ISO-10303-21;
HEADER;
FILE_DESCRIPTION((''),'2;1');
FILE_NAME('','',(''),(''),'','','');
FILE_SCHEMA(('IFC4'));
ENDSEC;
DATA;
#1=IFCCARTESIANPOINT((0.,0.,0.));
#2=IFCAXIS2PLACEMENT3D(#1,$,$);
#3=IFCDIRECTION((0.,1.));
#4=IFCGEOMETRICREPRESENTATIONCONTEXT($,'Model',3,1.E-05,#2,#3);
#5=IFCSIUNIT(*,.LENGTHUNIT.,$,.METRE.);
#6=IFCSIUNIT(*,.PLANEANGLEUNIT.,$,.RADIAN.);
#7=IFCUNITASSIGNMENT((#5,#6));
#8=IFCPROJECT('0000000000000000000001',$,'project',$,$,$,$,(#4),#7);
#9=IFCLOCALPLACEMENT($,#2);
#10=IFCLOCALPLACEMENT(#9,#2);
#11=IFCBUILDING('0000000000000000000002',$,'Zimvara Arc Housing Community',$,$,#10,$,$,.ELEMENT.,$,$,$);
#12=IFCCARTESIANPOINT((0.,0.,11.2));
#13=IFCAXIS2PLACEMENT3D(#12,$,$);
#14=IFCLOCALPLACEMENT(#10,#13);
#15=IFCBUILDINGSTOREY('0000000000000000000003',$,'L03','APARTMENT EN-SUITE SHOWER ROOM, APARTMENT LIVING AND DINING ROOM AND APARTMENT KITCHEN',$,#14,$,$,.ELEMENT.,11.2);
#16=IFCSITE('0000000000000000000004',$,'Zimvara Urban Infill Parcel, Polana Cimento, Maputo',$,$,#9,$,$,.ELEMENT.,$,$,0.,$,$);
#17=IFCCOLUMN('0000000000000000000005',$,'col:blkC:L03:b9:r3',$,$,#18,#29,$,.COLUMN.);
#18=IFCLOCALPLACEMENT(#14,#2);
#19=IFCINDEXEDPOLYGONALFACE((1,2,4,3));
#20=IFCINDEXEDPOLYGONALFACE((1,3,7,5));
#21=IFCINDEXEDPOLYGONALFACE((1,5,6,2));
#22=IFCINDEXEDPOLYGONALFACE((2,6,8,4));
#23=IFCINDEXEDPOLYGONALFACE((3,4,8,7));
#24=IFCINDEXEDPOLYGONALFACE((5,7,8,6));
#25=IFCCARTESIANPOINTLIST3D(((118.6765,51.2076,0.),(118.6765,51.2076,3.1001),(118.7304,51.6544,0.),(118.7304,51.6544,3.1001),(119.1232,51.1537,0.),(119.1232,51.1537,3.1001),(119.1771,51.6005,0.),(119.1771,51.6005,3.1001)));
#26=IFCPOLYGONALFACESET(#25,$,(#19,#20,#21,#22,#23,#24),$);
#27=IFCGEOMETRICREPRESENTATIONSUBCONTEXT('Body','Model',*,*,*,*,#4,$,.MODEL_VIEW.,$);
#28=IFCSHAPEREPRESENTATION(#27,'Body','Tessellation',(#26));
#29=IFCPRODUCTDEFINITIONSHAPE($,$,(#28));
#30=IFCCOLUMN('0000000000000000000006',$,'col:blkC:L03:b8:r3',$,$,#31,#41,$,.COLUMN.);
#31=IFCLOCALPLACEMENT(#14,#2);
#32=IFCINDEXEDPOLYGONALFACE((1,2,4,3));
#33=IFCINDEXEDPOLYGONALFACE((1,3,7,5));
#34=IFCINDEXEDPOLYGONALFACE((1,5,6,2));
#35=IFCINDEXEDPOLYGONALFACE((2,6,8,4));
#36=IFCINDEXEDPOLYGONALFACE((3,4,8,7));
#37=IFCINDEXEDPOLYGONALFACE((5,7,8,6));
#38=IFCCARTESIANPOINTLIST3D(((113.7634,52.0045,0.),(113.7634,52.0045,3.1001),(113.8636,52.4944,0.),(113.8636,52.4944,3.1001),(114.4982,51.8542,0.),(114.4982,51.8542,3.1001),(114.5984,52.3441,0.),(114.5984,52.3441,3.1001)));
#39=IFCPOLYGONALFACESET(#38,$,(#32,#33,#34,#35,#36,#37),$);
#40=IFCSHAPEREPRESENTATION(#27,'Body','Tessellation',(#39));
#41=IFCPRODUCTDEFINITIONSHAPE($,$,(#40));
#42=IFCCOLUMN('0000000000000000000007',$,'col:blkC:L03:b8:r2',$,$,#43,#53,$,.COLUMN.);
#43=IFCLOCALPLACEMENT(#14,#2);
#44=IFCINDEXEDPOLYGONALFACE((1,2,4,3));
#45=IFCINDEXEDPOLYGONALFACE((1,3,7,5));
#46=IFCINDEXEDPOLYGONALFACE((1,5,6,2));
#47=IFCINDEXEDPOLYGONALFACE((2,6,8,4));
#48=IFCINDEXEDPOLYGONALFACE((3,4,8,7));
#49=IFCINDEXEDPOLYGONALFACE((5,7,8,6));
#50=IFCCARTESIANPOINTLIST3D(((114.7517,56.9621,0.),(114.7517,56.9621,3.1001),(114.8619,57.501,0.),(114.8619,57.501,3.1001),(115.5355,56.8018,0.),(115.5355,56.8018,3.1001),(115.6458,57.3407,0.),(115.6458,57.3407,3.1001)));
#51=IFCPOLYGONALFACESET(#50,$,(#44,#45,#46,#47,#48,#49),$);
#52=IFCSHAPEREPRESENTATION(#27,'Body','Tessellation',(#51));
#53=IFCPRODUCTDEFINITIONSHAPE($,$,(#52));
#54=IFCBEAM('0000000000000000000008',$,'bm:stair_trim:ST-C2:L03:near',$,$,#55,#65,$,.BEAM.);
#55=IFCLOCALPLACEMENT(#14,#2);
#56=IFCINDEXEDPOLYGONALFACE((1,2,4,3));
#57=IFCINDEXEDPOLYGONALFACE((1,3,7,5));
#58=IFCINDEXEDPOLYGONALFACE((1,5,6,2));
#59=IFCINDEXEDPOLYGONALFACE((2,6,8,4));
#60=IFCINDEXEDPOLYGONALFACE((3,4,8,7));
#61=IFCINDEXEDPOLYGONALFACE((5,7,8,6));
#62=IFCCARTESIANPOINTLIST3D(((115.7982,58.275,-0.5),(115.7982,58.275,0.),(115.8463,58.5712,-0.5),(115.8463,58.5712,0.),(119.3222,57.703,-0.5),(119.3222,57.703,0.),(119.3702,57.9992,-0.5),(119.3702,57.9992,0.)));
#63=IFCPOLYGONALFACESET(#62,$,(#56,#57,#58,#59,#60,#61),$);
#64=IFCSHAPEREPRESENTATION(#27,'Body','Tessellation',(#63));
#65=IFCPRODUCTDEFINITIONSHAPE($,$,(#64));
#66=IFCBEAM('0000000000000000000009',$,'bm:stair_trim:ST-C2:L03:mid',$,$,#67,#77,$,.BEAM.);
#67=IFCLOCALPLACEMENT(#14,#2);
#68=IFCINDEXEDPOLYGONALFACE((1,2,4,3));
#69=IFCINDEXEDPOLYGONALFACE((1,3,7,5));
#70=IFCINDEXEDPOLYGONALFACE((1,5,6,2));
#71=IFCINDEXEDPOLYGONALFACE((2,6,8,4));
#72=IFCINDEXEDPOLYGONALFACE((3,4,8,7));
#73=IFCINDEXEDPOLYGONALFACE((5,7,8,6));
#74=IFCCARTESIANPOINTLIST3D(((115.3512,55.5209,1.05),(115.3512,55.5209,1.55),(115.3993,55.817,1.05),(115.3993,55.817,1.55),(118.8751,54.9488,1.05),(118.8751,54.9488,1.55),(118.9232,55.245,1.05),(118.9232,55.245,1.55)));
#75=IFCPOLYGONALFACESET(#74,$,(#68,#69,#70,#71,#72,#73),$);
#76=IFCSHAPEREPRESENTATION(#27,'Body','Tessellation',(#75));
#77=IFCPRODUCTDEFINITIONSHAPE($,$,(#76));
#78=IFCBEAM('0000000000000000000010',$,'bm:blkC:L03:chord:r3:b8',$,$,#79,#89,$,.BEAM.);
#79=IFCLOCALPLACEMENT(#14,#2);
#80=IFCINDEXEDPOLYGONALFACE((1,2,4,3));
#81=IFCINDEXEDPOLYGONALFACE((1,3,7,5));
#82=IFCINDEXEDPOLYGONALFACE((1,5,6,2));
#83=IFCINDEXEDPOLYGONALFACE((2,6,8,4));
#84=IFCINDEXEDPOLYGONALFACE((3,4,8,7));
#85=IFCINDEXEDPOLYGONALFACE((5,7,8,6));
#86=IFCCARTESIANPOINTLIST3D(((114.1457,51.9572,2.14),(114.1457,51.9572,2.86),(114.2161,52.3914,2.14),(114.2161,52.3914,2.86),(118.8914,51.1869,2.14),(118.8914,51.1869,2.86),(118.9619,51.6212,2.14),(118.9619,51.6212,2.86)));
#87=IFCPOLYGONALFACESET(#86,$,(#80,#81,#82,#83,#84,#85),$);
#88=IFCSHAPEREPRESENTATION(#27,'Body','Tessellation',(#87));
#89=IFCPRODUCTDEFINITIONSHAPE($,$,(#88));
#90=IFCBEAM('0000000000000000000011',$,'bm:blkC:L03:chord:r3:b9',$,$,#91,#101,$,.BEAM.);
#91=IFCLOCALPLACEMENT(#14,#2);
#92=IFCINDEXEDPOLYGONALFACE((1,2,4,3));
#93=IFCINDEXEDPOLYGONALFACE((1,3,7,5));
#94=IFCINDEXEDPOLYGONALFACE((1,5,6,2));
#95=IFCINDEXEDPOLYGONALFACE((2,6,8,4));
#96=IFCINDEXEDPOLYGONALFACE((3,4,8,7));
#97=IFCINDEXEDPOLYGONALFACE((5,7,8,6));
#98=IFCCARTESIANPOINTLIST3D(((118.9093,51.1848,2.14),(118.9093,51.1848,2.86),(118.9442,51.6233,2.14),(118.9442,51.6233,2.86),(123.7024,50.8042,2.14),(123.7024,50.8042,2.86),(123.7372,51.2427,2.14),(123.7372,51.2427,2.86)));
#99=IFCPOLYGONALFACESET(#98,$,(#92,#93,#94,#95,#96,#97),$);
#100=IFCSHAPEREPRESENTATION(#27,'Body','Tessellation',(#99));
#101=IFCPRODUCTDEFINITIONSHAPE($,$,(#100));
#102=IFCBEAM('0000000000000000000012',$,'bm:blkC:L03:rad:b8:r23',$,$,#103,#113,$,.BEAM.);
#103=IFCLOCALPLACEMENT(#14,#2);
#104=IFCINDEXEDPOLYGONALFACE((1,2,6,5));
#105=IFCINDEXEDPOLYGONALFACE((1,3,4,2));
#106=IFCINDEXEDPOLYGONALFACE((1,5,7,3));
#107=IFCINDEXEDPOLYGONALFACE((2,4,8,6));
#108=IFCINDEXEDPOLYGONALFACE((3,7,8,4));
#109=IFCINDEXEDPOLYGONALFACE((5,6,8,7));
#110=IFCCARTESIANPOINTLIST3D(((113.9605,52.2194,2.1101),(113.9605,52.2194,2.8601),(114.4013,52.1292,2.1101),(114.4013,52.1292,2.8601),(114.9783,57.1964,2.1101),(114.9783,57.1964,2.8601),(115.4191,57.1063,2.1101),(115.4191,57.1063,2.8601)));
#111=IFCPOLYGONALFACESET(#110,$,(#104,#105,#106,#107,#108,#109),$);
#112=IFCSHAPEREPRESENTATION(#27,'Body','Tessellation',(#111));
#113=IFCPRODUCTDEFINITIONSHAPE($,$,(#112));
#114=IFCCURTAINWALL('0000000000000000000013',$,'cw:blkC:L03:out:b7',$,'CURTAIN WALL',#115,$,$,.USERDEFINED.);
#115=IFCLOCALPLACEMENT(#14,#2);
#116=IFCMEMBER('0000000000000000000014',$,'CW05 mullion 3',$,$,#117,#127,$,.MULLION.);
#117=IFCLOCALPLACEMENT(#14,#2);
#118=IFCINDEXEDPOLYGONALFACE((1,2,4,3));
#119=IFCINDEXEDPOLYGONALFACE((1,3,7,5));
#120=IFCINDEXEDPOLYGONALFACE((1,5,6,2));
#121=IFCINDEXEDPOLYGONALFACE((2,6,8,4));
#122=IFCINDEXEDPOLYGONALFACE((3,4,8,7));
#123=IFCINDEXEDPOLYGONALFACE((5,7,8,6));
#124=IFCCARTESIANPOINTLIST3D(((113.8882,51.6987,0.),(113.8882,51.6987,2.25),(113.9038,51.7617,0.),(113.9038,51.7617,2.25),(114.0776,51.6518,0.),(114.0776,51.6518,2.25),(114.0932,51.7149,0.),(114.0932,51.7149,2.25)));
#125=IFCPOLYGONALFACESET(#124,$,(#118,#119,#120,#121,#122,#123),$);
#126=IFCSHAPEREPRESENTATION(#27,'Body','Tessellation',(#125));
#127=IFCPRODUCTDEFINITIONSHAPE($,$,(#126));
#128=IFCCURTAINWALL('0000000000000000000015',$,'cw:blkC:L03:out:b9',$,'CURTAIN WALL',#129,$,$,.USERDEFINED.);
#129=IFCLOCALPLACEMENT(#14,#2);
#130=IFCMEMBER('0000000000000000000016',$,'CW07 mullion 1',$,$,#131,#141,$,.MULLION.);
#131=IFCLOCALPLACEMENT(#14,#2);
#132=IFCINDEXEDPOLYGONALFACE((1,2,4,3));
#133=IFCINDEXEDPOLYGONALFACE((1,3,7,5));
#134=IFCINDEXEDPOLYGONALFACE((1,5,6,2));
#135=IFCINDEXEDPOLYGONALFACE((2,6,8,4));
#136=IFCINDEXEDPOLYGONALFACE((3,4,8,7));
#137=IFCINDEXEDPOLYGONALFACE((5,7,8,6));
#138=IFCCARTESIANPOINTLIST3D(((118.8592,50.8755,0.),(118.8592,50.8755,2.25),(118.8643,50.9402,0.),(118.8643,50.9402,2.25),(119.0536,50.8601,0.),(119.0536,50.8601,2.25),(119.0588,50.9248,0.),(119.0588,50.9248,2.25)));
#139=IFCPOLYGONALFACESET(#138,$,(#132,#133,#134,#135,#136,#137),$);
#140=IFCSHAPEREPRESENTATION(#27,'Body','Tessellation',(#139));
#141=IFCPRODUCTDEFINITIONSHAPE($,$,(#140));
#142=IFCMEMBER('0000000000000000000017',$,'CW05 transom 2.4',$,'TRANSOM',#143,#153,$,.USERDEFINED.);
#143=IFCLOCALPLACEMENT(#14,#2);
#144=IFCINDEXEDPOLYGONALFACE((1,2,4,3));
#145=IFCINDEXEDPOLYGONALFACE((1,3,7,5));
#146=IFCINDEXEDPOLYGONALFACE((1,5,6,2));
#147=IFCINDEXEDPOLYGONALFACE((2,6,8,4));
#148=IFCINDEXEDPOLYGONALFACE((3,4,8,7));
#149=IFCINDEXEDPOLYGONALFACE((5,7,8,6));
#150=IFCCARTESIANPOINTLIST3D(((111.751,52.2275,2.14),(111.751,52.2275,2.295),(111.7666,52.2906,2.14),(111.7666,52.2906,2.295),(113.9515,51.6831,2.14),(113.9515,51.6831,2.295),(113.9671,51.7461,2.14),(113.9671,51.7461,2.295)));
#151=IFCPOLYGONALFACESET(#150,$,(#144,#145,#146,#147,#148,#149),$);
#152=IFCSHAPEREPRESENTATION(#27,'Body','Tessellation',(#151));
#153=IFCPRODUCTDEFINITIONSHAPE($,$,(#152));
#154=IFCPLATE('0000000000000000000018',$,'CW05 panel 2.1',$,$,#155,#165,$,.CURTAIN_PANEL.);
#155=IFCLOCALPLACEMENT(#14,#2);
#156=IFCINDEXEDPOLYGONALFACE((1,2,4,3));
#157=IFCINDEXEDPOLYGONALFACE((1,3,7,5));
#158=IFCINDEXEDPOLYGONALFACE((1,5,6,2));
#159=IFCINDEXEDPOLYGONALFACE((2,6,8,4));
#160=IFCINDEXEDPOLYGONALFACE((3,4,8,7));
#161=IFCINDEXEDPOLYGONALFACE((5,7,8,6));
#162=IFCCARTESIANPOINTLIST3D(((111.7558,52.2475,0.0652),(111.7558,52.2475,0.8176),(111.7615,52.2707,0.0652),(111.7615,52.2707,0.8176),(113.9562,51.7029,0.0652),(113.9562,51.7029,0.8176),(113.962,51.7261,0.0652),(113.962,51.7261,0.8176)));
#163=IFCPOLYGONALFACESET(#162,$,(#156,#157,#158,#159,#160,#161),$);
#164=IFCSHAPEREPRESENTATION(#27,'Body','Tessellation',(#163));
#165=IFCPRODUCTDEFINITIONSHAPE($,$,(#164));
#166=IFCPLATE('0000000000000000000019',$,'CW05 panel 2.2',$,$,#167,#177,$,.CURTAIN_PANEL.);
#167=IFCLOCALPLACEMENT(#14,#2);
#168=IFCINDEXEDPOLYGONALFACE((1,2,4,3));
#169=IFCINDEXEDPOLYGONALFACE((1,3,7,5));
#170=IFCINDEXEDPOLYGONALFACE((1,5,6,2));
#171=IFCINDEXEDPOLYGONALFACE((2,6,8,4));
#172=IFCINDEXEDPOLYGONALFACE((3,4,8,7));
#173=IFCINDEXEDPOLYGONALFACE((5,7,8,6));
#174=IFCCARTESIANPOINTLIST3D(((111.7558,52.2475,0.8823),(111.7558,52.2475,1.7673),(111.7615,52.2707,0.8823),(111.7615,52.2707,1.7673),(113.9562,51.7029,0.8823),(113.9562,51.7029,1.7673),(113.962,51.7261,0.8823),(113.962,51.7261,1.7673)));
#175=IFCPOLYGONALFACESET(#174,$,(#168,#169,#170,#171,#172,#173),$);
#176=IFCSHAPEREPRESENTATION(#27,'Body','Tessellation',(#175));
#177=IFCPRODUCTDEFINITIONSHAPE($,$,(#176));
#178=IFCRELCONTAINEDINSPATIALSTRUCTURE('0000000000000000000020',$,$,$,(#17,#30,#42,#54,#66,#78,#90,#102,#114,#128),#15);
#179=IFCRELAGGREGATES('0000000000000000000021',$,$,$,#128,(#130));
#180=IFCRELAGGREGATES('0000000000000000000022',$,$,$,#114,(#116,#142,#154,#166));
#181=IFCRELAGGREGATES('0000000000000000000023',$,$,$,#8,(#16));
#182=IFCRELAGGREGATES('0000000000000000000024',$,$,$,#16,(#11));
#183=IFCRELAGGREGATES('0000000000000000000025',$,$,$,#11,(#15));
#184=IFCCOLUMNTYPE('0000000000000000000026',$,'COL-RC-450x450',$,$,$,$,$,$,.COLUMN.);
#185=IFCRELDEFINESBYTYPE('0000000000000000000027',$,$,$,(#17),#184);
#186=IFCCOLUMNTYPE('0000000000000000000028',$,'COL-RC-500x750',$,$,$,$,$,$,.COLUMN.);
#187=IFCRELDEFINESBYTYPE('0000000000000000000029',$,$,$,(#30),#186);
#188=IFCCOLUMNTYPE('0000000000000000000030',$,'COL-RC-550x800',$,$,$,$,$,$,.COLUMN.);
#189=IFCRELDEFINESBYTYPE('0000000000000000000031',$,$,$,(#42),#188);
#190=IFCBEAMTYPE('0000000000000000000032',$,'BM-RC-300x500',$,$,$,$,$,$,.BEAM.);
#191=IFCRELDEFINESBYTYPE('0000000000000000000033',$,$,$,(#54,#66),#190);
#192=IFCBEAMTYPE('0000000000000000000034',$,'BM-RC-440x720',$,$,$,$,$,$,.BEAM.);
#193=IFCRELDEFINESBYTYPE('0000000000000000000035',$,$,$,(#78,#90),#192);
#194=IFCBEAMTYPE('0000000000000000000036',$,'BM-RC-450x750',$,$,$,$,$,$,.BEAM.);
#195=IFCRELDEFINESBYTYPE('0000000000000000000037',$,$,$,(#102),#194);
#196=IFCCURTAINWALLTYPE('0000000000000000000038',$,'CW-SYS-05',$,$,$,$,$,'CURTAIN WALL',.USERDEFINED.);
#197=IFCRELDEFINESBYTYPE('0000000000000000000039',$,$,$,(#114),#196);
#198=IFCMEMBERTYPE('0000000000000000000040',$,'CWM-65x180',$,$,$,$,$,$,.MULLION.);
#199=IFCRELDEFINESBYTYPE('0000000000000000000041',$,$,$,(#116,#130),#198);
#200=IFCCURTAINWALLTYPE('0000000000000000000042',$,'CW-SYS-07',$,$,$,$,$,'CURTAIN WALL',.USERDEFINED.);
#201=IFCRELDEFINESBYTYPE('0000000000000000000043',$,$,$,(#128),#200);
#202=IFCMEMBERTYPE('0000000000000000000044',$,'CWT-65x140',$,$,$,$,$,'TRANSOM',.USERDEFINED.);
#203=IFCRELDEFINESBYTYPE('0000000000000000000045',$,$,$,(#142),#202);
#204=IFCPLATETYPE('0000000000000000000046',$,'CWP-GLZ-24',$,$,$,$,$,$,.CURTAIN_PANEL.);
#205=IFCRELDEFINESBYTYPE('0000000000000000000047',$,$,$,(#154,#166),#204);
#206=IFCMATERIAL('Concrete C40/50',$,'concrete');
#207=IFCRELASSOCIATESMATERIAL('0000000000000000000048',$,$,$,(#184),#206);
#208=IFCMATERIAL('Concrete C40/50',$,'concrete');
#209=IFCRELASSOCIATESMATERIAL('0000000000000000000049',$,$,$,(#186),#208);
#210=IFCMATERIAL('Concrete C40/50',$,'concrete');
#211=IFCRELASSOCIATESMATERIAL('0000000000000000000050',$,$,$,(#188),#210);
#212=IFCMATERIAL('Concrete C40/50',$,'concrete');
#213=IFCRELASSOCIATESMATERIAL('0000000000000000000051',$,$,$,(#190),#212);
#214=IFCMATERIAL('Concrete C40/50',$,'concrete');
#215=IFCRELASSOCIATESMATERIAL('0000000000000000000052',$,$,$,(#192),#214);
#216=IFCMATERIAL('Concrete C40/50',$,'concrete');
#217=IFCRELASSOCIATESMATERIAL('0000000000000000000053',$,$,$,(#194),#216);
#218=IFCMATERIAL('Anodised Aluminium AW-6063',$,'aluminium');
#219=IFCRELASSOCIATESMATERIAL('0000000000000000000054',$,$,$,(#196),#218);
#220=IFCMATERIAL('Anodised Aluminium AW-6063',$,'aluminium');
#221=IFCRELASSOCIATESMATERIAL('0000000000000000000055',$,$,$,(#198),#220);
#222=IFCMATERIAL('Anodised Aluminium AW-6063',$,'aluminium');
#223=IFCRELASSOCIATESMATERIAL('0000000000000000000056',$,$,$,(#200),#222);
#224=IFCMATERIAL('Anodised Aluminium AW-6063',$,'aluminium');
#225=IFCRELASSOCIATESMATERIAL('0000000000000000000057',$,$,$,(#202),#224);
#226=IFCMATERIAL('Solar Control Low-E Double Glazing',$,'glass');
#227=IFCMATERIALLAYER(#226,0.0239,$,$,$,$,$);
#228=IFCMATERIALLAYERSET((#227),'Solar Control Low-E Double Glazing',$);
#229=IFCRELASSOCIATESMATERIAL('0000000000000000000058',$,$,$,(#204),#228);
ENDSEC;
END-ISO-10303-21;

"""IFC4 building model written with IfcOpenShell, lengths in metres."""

from ifc_helpers import new_model, si_unit, direction, frame, origin, origin_2d, place, context, subcontext, project, spatial, rectangle, extrude, material, layer, layer_set, material_profile, profile_set, type_object, element, aggregate, save


model = new_model("IFC4")

# Units and contexts
model_context = context("Model", 3, precision=1e-05, world=origin(), true_north=direction((0.0, 1.0)))
body_context = subcontext(model_context, "Body", "Model", "MODEL_VIEW")
ifc_project = project(units=[si_unit("LENGTHUNIT", "METRE"), si_unit("PLANEANGLEUNIT", "RADIAN")], contexts=[model_context])

# Site, building, storey
site_placement = place(None, origin())
site = spatial("IfcSite", under=ifc_project, at=site_placement, Name="Zimvara Urban Infill Parcel, Polana Cimento, Maputo", CompositionType="ELEMENT", RefElevation=0.0)
building_placement = place(site_placement, origin())
building = spatial("IfcBuilding", under=site, at=building_placement, Name="Zimvara Arc Housing Community", CompositionType="ELEMENT")
storey_placement = place(building_placement, frame((0.0, 0.0, 11.2)))
storey = spatial("IfcBuildingStorey", under=building, at=storey_placement, Name="L03", Description="APARTMENT EN-SUITE SHOWER ROOM, APARTMENT LIVING AND DINING ROOM AND APARTMENT KITCHEN", CompositionType="ELEMENT", Elevation=11.2)

# Columns
ifc_material_1 = material(Name="Concrete C40/50", Category="concrete")
ifc_material_profile_1 = material_profile(ifc_material_1, rectangle(XDim=0.45, YDim=0.45, at=origin_2d()), Name="RC 450x450")
ifc_profile_set_1 = profile_set([ifc_material_profile_1], Name="Concrete C40/50")
column_type_1 = type_object("IfcColumnType", Name="COL-RC-450x450", PredefinedType="COLUMN", material=ifc_profile_set_1)
column_1_placement = place(storey_placement, frame((118.9268, 51.4041, 0.0), z_axis=(0.0, 0.0, 1.0), x_axis=(-0.11979, -0.992799, 0.0)))
element("IfcColumn", 1, at=column_1_placement, inside=storey, type_object=column_type_1, Name="col:blkC:L03:b9:r3", PredefinedType="COLUMN", context=body_context, shape_type="SweptSolid", body=[
    extrude(rectangle(XDim=0.45, YDim=0.45, at=origin_2d()), origin(), (0.0, 0.0, 1.0), 3.1001),
])
ifc_material_2 = material(Name="Concrete C40/50", Category="concrete")
ifc_material_profile_2 = material_profile(ifc_material_2, rectangle(XDim=0.5, YDim=0.75, at=origin_2d()), Name="RC 500x750")
ifc_profile_set_2 = profile_set([ifc_material_profile_2], Name="Concrete C40/50")
column_type_2 = type_object("IfcColumnType", Name="COL-RC-500x750", PredefinedType="COLUMN", material=ifc_profile_set_2)
column_2_placement = place(storey_placement, frame((114.1809, 52.1743, 0.0), z_axis=(0.0, 0.0, 1.0), x_axis=(-0.200394, -0.979715, 0.0)))
element("IfcColumn", 2, at=column_2_placement, inside=storey, type_object=column_type_2, Name="col:blkC:L03:b8:r3", PredefinedType="COLUMN", context=body_context, shape_type="SweptSolid", body=[
    extrude(rectangle(XDim=0.5, YDim=0.75, at=origin_2d()), origin(), (0.0, 0.0, 1.0), 3.1001),
])
ifc_material_3 = material(Name="Concrete C40/50", Category="concrete")
ifc_material_profile_3 = material_profile(ifc_material_3, rectangle(XDim=0.55, YDim=0.8, at=origin_2d()), Name="RC 550x800")
ifc_profile_set_3 = profile_set([ifc_material_profile_3], Name="Concrete C40/50")
column_type_3 = type_object("IfcColumnType", Name="COL-RC-550x800", PredefinedType="COLUMN", material=ifc_profile_set_3)
column_3_placement = place(storey_placement, frame((115.1987, 57.1514, 0.0), z_axis=(0.0, 0.0, 1.0), x_axis=(-0.200394, -0.979715, 0.0)))
element("IfcColumn", 3, at=column_3_placement, inside=storey, type_object=column_type_3, Name="col:blkC:L03:b8:r2", PredefinedType="COLUMN", context=body_context, shape_type="SweptSolid", body=[
    extrude(rectangle(XDim=0.55, YDim=0.8, at=origin_2d()), origin(), (0.0, 0.0, 1.0), 3.1001),
])

# Beams
ifc_material_4 = material(Name="Concrete C40/50", Category="concrete")
ifc_material_profile_4 = material_profile(ifc_material_4, rectangle(XDim=0.3, YDim=0.5, at=origin_2d()), Name="RC 300x500")
ifc_profile_set_4 = profile_set([ifc_material_profile_4], Name="Concrete C40/50")
beam_type_1 = type_object("IfcBeamType", Name="BM-RC-300x500", PredefinedType="BEAM", material=ifc_profile_set_4)
for number, where, z_axis, x_axis, name in (
    (4, (115.8223, 58.4231, -0.25), (0.98708, -0.160228, 0.0), (0.160228, 0.98708, 0.0), "bm:stair_trim:ST-C2:L03:near"),
    (5, (115.3752, 55.6689, 1.3), (0.98708, -0.160228, 0.0), (0.160228, 0.98708, 0.0), "bm:stair_trim:ST-C2:L03:mid"),
):
    element("IfcBeam", number, at=place(storey_placement, frame(where, z_axis=z_axis, x_axis=x_axis)), inside=storey, type_object=beam_type_1, Name=name, PredefinedType="BEAM", context=body_context, shape_type="SweptSolid", body=[
        extrude(rectangle(XDim=0.3, YDim=0.5, at=origin_2d()), origin(), (0.0, 0.0, 1.0), 3.5701),
    ])
ifc_material_5 = material(Name="Concrete C40/50", Category="concrete")
ifc_material_profile_5 = material_profile(ifc_material_5, rectangle(XDim=0.4399, YDim=0.72, at=origin_2d()), Name="RC 440x720")
ifc_profile_set_5 = profile_set([ifc_material_profile_5], Name="Concrete C40/50")
beam_type_2 = type_object("IfcBeamType", Name="BM-RC-440x720", PredefinedType="BEAM", material=ifc_profile_set_5)
beam_1_placement = place(storey_placement, frame((114.1809, 52.1743, 2.5), z_axis=(0.987084, -0.160206, 0.0), x_axis=(0.160206, 0.987084, 0.0)))
element("IfcBeam", 6, at=beam_1_placement, inside=storey, type_object=beam_type_2, Name="bm:blkC:L03:chord:r3:b8", PredefinedType="BEAM", context=body_context, shape_type="SweptSolid", body=[
    extrude(rectangle(XDim=0.4399, YDim=0.72, at=origin_2d()), origin(), (0.0, 0.0, 1.0), 4.8079),
])
beam_2_placement = place(storey_placement, frame((118.9268, 51.4041, 2.5), z_axis=(0.996862, -0.079162, 0.0), x_axis=(0.079162, 0.996862, 0.0)))
element("IfcBeam", 7, at=beam_2_placement, inside=storey, type_object=beam_type_2, Name="bm:blkC:L03:chord:r3:b9", PredefinedType="BEAM", context=body_context, shape_type="SweptSolid", body=[
    extrude(rectangle(XDim=0.4399, YDim=0.72, at=origin_2d()), origin(), (0.0, 0.0, 1.0), 4.8081),
])
ifc_material_6 = material(Name="Concrete C40/50", Category="concrete")
ifc_material_profile_6 = material_profile(ifc_material_6, rectangle(XDim=0.45, YDim=0.75, at=origin_2d()), Name="RC 450x750")
ifc_profile_set_6 = profile_set([ifc_material_profile_6], Name="Concrete C40/50")
beam_type_3 = type_object("IfcBeamType", Name="BM-RC-450x750", PredefinedType="BEAM", material=ifc_profile_set_6)
beam_3_placement = place(storey_placement, frame((115.1987, 57.1514, 2.4851), z_axis=(-0.200356, -0.979723, 0.0), x_axis=(0.979723, -0.200356, 0.0)))
element("IfcBeam", 8, at=beam_3_placement, inside=storey, type_object=beam_type_3, Name="bm:blkC:L03:rad:b8:r23", PredefinedType="BEAM", context=body_context, shape_type="SweptSolid", body=[
    extrude(rectangle(XDim=0.45, YDim=0.75, at=origin_2d()), origin(), (0.0, 0.0, 1.0), 5.0801),
])

# Curtain walls, members
ifc_material_7 = material(Name="Anodised Aluminium AW-6063", Category="aluminium")
curtain_wall_type_1 = type_object("IfcCurtainWallType", Name="CW-SYS-05", ElementType="CURTAIN WALL", PredefinedType="USERDEFINED", material=ifc_material_7)
curtain_wall_1_placement = place(storey_placement, origin())
curtain_wall_1 = element("IfcCurtainWall", 9, at=curtain_wall_1_placement, inside=storey, type_object=curtain_wall_type_1, Name="cw:blkC:L03:out:b7", ObjectType="CURTAIN WALL", PredefinedType="USERDEFINED")
ifc_material_8 = material(Name="Anodised Aluminium AW-6063", Category="aluminium")
ifc_material_profile_7 = material_profile(ifc_material_8, rectangle(XDim=0.0649, YDim=0.1951, at=origin_2d()), Name="ALU 65x195")
ifc_profile_set_7 = profile_set([ifc_material_profile_7], Name="Anodised Aluminium AW-6063")
member_type_1 = type_object("IfcMemberType", Name="CWM-65x180", PredefinedType="MULLION", material=ifc_profile_set_7)
member_1_placement = place(storey_placement, frame((113.9907, 51.7068, 0.0), z_axis=(0.0, 0.0, 1.0), x_axis=(0.24023, 0.970716, 0.0)))
member_1 = element("IfcMember", 10, at=member_1_placement, type_object=member_type_1, Name="CW05 mullion 3", PredefinedType="MULLION", context=body_context, shape_type="SweptSolid", body=[
    extrude(rectangle(XDim=0.0649, YDim=0.1951, at=origin_2d()), origin(), (0.0, 0.0, 1.0), 2.25),
])
ifc_material_9 = material(Name="Anodised Aluminium AW-6063", Category="aluminium")
curtain_wall_type_2 = type_object("IfcCurtainWallType", Name="CW-SYS-07", ElementType="CURTAIN WALL", PredefinedType="USERDEFINED", material=ifc_material_9)
curtain_wall_2_placement = place(storey_placement, origin())
curtain_wall_2 = element("IfcCurtainWall", 11, at=curtain_wall_2_placement, inside=storey, type_object=curtain_wall_type_2, Name="cw:blkC:L03:out:b9", ObjectType="CURTAIN WALL", PredefinedType="USERDEFINED")
member_2_placement = place(storey_placement, frame((118.959, 50.9001, 0.0), z_axis=(0.0, 0.0, 1.0), x_axis=(0.079154, 0.996862, 0.0)))
member_2 = element("IfcMember", 12, at=member_2_placement, type_object=member_type_1, Name="CW07 mullion 1", PredefinedType="MULLION", context=body_context, shape_type="SweptSolid", body=[
    extrude(rectangle(XDim=0.0649, YDim=0.1951, at=origin_2d()), origin(), (0.0, 0.0, 1.0), 2.25),
])
aggregate(curtain_wall_2, [member_2])

# Member
ifc_material_10 = material(Name="Anodised Aluminium AW-6063", Category="aluminium")
ifc_material_profile_8 = material_profile(ifc_material_10, rectangle(XDim=0.0649, YDim=0.155, at=origin_2d()), Name="ALU 65x155")
ifc_profile_set_8 = profile_set([ifc_material_profile_8], Name="Anodised Aluminium AW-6063")
member_type_2 = type_object("IfcMemberType", Name="CWT-65x140", ElementType="TRANSOM", PredefinedType="USERDEFINED", material=ifc_profile_set_8)
member_3_placement = place(storey_placement, frame((111.7588, 52.259, 2.2175), z_axis=(0.970729, -0.240178, 0.0), x_axis=(0.240178, 0.970729, 0.0)))
member_3 = element("IfcMember", 13, at=member_3_placement, type_object=member_type_2, Name="CW05 transom 2.4", ObjectType="TRANSOM", PredefinedType="USERDEFINED", context=body_context, shape_type="SweptSolid", body=[
    extrude(rectangle(XDim=0.0649, YDim=0.155, at=origin_2d()), origin(), (0.0, 0.0, 1.0), 2.2668),
])

# Plates
ifc_material_11 = material(Name="Solar Control Low-E Double Glazing", Category="glass")
ifc_layer_1 = layer(ifc_material_11, 0.0239)
ifc_layer_set_1 = layer_set([ifc_layer_1], Name="Solar Control Low-E Double Glazing")
plate_type = type_object("IfcPlateType", Name="CWP-GLZ-24", PredefinedType="CURTAIN_PANEL", material=ifc_layer_set_1)
plate_1_placement = place(storey_placement, frame((112.8589, 51.9868, 0.0652), z_axis=(0.0, 0.0, 1.0), x_axis=(0.970716, -0.24023, 0.0)))
plate_1 = element("IfcPlate", 14, at=plate_1_placement, type_object=plate_type, Name="CW05 panel 2.1", PredefinedType="CURTAIN_PANEL", context=body_context, shape_type="SweptSolid", body=[
    extrude(rectangle(XDim=2.2668, YDim=0.0239, at=origin_2d()), origin(), (0.0, 0.0, 1.0), 0.7524),
])
plate_2_placement = place(storey_placement, frame((112.8589, 51.9868, 0.8823), z_axis=(0.0, 0.0, 1.0), x_axis=(0.970716, -0.24023, 0.0)))
plate_2 = element("IfcPlate", 15, at=plate_2_placement, type_object=plate_type, Name="CW05 panel 2.2", PredefinedType="CURTAIN_PANEL", context=body_context, shape_type="SweptSolid", body=[
    extrude(rectangle(XDim=2.2668, YDim=0.0239, at=origin_2d()), origin(), (0.0, 0.0, 1.0), 0.885),
])
aggregate(curtain_wall_1, [member_1, member_3, plate_1, plate_2])

save(model, "model.ifc")
